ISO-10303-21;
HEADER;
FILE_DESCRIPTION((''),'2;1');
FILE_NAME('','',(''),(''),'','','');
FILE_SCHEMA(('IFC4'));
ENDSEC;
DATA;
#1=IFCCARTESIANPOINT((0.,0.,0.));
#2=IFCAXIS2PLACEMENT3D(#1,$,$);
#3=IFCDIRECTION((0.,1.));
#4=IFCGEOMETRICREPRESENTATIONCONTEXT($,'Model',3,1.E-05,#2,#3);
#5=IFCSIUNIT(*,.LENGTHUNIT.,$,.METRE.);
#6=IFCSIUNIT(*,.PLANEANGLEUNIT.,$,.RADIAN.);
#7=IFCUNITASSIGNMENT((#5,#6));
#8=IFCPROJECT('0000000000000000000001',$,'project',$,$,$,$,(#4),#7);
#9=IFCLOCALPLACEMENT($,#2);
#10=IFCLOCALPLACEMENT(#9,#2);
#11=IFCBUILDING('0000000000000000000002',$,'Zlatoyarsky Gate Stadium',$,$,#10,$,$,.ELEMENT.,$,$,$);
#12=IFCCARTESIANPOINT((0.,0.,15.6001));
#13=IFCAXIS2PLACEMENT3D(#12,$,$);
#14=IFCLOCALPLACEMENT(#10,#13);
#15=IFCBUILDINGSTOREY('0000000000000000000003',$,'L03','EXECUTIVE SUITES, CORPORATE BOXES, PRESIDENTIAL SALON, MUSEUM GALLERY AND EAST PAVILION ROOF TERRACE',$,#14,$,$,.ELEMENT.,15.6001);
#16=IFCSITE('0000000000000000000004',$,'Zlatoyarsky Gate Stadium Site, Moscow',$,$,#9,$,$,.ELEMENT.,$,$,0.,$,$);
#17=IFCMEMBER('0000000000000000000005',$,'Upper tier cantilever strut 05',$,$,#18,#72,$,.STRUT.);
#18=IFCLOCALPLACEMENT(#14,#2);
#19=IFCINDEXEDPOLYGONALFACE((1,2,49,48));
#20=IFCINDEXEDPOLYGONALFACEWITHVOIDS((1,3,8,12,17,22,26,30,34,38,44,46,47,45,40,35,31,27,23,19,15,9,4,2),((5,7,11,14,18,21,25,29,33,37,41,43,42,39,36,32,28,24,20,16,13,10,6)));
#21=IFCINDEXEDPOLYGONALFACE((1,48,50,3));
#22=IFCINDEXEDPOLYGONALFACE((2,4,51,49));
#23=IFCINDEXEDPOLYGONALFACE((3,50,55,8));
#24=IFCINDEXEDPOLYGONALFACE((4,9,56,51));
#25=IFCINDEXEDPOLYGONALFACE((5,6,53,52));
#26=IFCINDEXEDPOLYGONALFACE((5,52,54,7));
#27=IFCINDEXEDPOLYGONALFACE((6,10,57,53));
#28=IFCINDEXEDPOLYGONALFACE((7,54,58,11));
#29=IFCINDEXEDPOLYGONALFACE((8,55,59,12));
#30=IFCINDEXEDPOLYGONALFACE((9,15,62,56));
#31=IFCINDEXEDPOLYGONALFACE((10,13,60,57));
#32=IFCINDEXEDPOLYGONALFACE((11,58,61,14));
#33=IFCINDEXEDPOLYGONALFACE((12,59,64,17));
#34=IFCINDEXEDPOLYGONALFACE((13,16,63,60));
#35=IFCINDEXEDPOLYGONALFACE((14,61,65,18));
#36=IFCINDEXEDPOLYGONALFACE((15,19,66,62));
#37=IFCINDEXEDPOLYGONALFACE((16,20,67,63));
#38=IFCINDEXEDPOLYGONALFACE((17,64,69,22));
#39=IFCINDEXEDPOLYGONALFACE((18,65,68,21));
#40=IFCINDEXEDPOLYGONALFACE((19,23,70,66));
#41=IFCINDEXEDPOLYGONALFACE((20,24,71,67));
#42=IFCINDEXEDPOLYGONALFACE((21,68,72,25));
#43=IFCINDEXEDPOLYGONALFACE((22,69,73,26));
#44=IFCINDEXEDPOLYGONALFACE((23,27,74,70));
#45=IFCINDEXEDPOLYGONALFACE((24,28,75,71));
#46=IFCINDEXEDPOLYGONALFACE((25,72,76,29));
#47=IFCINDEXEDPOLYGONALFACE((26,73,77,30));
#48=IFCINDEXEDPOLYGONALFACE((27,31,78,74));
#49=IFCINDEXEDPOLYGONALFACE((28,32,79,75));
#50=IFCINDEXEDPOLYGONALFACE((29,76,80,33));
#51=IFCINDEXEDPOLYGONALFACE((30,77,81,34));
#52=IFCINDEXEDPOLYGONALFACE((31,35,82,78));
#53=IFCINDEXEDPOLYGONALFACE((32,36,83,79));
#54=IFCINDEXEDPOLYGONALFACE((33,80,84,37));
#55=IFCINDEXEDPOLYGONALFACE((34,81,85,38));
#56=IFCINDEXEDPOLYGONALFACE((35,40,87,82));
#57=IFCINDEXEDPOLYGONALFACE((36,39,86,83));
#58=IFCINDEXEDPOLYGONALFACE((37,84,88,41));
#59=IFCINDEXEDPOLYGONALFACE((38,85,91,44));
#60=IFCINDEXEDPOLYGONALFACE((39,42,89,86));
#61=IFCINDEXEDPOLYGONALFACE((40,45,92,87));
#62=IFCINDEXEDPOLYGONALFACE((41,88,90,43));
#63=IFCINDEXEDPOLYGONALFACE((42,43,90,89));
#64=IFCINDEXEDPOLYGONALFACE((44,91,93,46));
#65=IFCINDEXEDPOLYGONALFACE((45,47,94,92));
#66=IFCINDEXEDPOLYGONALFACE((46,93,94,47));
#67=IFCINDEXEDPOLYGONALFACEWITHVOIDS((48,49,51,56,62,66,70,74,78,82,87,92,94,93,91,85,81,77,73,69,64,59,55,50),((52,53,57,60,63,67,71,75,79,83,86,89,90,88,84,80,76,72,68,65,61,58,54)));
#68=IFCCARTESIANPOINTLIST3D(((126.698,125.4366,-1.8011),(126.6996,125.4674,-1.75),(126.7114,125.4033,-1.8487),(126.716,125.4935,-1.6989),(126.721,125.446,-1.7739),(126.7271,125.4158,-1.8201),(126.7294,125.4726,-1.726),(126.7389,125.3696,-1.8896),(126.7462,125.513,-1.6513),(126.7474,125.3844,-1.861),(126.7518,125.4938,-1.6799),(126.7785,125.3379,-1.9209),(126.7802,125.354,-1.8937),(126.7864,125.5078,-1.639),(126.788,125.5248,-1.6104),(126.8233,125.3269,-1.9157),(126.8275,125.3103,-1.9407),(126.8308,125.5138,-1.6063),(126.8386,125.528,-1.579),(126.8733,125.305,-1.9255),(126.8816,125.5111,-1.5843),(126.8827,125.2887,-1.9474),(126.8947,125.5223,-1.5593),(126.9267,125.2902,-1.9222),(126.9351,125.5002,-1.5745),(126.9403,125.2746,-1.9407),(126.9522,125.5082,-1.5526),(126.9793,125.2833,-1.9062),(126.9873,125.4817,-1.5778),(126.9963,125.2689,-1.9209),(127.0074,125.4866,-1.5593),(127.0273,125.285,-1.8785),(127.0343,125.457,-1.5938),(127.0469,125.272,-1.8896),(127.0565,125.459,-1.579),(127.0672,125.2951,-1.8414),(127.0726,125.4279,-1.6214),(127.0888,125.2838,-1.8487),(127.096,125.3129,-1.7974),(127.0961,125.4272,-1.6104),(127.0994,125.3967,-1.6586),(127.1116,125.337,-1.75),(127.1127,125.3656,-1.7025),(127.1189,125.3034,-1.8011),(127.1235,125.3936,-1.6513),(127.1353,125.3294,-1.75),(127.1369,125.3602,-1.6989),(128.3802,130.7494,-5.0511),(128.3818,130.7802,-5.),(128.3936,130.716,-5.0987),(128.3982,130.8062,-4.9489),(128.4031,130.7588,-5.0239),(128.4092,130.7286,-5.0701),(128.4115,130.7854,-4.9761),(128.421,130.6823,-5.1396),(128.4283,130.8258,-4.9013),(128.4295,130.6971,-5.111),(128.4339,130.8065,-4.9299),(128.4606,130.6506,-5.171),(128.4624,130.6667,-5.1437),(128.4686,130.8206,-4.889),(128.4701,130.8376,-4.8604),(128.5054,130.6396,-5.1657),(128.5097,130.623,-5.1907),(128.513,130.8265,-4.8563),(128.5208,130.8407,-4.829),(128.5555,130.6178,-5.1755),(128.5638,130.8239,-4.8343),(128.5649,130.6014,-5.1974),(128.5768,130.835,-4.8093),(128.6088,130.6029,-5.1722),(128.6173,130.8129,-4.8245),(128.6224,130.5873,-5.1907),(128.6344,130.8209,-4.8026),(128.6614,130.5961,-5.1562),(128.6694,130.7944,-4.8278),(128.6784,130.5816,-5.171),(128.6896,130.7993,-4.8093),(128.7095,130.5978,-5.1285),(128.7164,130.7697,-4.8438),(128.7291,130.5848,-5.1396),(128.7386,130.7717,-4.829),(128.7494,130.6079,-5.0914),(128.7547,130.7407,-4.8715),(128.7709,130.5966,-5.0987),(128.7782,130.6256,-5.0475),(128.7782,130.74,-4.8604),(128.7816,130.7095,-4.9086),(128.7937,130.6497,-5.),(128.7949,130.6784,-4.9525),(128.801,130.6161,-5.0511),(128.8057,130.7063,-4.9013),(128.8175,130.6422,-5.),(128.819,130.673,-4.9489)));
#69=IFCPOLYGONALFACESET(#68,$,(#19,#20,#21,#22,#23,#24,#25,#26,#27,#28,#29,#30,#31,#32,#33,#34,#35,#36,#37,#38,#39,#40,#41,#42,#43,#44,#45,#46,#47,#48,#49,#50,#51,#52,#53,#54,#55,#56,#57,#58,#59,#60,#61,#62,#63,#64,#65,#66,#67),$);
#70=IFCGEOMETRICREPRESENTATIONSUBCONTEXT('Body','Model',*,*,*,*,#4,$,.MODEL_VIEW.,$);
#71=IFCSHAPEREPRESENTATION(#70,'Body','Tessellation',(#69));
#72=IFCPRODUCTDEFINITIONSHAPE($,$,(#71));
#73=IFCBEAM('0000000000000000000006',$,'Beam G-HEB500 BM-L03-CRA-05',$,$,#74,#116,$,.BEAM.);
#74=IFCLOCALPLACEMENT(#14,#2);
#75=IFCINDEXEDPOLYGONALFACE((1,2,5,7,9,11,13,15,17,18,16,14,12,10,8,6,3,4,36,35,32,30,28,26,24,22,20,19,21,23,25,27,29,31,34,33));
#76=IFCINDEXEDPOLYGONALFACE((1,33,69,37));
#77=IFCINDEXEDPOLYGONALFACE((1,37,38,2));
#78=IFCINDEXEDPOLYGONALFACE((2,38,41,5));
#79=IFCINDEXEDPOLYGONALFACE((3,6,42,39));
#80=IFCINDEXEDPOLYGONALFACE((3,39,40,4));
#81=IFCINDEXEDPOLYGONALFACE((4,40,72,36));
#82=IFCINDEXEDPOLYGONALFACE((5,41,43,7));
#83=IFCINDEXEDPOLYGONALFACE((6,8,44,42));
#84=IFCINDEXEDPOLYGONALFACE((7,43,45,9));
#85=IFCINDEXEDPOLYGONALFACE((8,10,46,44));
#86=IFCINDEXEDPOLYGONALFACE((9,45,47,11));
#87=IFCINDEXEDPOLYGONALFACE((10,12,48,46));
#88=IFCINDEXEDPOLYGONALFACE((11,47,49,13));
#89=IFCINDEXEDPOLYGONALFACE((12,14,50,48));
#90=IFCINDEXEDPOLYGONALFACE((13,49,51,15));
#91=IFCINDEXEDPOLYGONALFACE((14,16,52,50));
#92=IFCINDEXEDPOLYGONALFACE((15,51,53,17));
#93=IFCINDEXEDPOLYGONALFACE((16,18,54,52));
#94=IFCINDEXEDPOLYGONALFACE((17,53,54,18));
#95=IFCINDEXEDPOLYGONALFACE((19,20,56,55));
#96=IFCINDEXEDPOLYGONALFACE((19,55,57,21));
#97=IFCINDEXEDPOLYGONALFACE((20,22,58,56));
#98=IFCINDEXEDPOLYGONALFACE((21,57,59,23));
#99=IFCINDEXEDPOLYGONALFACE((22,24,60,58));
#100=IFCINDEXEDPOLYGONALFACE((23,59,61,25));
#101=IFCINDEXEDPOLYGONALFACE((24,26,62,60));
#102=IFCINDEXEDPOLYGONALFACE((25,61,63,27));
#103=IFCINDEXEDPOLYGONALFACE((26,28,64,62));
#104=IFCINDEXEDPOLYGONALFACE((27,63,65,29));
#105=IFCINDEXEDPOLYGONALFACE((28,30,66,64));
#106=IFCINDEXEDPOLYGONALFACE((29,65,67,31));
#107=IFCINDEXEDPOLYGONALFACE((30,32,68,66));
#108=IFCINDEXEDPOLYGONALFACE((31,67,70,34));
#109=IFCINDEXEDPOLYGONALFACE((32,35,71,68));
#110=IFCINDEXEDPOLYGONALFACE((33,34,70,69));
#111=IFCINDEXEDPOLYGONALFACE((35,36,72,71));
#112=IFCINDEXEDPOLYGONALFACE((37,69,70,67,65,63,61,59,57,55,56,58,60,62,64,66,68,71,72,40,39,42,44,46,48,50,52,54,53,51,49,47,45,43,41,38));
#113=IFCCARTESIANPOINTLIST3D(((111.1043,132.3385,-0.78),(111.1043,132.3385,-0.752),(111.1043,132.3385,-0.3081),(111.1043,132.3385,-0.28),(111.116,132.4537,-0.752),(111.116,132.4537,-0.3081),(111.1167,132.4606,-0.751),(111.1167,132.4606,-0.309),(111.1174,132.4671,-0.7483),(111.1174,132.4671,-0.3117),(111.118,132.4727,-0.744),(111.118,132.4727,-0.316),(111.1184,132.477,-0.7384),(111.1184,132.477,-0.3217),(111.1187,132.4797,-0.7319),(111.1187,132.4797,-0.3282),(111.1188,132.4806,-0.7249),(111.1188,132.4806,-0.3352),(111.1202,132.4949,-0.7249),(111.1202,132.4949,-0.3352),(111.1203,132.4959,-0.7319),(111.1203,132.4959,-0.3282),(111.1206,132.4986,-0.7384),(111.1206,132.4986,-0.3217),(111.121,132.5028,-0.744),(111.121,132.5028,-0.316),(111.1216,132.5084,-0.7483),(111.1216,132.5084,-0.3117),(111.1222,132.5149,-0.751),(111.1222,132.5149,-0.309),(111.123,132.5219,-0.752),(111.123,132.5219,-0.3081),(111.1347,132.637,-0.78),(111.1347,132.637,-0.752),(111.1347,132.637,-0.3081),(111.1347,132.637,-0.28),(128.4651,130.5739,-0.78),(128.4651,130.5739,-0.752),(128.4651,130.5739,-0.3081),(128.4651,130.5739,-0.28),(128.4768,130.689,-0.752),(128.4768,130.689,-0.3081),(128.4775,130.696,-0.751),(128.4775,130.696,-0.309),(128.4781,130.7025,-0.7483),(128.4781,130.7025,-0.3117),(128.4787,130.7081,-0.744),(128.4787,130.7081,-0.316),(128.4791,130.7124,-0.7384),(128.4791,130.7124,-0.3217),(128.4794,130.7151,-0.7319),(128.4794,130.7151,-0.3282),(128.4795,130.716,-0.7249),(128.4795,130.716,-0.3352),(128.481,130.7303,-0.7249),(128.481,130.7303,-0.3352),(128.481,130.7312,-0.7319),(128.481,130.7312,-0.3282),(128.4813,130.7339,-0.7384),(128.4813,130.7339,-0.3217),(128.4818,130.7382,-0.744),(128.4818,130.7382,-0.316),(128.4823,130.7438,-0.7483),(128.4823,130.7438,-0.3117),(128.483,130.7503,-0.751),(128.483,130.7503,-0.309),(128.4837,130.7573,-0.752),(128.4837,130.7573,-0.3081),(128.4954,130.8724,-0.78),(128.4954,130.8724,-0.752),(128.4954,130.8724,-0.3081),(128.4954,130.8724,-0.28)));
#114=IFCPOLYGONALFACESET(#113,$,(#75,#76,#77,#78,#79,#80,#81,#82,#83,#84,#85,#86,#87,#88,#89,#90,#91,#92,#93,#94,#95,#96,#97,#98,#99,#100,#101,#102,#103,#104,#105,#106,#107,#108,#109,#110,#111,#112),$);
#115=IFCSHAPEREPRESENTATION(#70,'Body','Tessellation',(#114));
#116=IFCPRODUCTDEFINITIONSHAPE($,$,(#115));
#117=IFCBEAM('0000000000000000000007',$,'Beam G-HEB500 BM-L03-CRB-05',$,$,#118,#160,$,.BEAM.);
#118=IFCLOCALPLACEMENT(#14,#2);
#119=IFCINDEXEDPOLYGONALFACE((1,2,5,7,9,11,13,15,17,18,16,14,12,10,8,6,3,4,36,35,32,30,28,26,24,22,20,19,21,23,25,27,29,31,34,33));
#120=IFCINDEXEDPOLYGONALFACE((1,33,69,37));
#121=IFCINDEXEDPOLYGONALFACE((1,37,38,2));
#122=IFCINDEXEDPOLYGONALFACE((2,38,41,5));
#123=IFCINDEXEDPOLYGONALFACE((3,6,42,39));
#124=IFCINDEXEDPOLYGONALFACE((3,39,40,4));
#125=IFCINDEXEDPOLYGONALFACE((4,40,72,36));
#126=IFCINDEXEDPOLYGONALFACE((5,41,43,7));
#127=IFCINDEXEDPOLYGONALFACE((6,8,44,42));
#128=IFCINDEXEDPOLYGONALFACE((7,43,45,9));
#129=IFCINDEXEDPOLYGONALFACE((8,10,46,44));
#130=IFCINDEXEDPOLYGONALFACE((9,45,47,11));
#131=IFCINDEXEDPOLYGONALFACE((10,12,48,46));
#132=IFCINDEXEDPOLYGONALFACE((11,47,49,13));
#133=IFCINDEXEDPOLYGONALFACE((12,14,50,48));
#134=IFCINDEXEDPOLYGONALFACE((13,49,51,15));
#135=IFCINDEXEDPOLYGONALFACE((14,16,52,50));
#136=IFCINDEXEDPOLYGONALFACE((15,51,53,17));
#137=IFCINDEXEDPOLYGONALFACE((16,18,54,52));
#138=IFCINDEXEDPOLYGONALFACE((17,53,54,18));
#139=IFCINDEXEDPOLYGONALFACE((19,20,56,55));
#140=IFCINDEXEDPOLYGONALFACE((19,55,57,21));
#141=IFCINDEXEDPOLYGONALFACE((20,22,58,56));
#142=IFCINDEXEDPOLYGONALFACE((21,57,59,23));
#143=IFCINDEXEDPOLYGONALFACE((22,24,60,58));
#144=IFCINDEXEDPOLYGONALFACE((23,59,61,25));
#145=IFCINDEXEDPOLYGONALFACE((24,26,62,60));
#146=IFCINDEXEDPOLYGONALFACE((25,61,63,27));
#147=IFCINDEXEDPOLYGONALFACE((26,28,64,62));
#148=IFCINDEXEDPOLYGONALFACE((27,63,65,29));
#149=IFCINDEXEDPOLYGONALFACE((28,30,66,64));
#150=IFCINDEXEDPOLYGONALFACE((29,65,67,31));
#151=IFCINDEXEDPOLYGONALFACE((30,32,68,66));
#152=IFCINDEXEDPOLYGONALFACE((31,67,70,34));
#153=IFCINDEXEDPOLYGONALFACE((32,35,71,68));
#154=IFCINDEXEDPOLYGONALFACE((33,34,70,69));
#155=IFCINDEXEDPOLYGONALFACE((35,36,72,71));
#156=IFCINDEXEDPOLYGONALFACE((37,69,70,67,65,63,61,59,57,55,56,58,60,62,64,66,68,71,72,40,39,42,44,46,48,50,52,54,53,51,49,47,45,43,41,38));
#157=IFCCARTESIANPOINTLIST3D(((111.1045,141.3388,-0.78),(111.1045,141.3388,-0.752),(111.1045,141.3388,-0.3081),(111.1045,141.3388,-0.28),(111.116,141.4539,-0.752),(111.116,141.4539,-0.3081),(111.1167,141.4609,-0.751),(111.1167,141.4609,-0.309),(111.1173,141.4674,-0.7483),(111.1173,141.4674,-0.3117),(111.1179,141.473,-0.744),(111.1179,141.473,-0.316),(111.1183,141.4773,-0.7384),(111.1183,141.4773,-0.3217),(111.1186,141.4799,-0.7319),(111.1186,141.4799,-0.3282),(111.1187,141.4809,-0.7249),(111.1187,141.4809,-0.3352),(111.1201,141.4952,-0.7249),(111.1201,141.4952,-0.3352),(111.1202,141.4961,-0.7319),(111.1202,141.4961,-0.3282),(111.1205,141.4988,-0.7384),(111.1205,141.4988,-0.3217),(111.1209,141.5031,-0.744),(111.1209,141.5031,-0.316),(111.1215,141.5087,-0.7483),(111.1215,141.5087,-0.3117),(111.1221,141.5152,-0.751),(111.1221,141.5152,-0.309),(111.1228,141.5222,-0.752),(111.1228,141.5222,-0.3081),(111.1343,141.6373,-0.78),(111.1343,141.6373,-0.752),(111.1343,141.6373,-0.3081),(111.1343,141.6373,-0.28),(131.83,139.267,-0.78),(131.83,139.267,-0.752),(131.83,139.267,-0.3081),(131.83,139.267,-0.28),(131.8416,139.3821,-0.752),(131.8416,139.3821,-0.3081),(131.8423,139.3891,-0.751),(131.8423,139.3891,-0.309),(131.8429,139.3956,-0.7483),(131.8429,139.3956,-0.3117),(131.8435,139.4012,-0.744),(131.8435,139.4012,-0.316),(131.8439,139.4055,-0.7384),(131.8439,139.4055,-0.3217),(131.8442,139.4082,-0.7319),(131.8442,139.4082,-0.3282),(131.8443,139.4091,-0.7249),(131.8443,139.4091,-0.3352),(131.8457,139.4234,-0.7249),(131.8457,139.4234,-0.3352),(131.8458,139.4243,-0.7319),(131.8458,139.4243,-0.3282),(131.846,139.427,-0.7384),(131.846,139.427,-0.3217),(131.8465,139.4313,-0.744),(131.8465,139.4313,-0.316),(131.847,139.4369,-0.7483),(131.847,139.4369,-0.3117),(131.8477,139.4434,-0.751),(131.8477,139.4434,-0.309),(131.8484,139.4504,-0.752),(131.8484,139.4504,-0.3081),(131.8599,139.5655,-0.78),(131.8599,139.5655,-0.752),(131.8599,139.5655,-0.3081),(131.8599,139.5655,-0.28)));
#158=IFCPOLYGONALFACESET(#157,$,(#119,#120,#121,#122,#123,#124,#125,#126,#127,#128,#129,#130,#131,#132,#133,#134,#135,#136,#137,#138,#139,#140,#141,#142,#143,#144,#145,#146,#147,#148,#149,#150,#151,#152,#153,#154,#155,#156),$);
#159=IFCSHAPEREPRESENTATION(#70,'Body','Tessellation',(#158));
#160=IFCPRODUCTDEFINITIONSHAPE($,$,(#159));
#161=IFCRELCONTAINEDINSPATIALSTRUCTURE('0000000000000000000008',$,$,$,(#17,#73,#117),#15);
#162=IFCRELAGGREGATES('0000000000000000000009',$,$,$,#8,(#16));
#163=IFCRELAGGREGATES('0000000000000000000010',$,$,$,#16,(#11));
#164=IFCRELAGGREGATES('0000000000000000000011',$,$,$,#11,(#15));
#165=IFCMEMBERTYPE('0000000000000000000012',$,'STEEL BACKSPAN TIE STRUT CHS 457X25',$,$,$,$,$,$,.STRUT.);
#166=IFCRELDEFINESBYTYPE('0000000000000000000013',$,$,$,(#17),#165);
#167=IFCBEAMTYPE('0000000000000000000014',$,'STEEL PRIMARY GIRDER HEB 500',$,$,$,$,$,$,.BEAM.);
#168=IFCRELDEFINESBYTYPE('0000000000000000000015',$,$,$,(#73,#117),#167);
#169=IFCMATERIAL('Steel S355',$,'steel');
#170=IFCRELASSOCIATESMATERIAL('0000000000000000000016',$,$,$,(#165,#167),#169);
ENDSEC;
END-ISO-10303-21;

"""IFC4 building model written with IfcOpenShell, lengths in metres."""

from ifc_helpers import new_model, si_unit, direction, frame, origin, origin_2d, place, context, subcontext, project, spatial, hollow_circle, i_section, extrude, material, material_profile, profile_set, type_object, element, save


model = new_model("IFC4")

# Units and contexts
model_context = context("Model", 3, precision=1e-05, world=origin(), true_north=direction((0.0, 1.0)))
body_context = subcontext(model_context, "Body", "Model", "MODEL_VIEW")
ifc_project = project(units=[si_unit("LENGTHUNIT", "METRE"), si_unit("PLANEANGLEUNIT", "RADIAN")], contexts=[model_context])

# Site, building, storey
site_placement = place(None, origin())
site = spatial("IfcSite", under=ifc_project, at=site_placement, Name="Zlatoyarsky Gate Stadium Site, Moscow", CompositionType="ELEMENT", RefElevation=0.0)
building_placement = place(site_placement, origin())
building = spatial("IfcBuilding", under=site, at=building_placement, Name="Zlatoyarsky Gate Stadium", CompositionType="ELEMENT")
storey_placement = place(building_placement, frame((0.0, 0.0, 15.6001)))
storey = spatial("IfcBuildingStorey", under=building, at=storey_placement, Name="L03", Description="EXECUTIVE SUITES, CORPORATE BOXES, PRESIDENTIAL SALON, MUSEUM GALLERY AND EAST PAVILION ROOF TERRACE", CompositionType="ELEMENT", Elevation=15.6001)

# Shared definitions
ifc_material_1 = material(Name="Steel S355", Category="steel")

# Member
ifc_material_profile_1 = material_profile(ifc_material_1, hollow_circle(Radius=0.2285, WallThickness=0.0249, at=origin_2d()), Name="CHS 457X25")
ifc_profile_set_1 = profile_set([ifc_material_profile_1], Name="Steel S355")
member_type_1 = type_object("IfcMemberType", Name="STEEL BACKSPAN TIE STRUT CHS 457X25", PredefinedType="STRUT", material=ifc_profile_set_1)
member_1_placement = place(storey_placement, frame((128.5996, 130.7112, -5.0), z_axis=(-0.260749, -0.823535, 0.503786), x_axis=(0.953355, -0.301853, 0.0)))
element("IfcMember", 1, at=member_1_placement, inside=storey, type_object=member_type_1, Name="Upper tier cantilever strut 05", PredefinedType="STRUT", context=body_context, shape_type="SweptSolid", body=[
    extrude(hollow_circle(Radius=0.2285, WallThickness=0.0249, at=origin_2d()), origin(), (0.0, 0.0, 1.0), 6.4512),
])

# Beams
ifc_material_profile_2 = material_profile(ifc_material_1, i_section(OverallWidth=0.3, OverallDepth=0.5, WebThickness=0.0144, FlangeThickness=0.0281, FilletRadius=0.0271, at=origin_2d()), Name="HEB 500")
ifc_profile_set_2 = profile_set([ifc_material_profile_2], Name="Steel S355")
beam_type_1 = type_object("IfcBeamType", Name="STEEL PRIMARY GIRDER HEB 500", PredefinedType="BEAM", material=ifc_profile_set_2)
beam_1_placement = place(storey_placement, frame((128.4802, 130.7231, -0.53), z_axis=(-0.994874, 0.101124, 0.0), x_axis=(-0.101124, -0.994874, 0.0)))
element("IfcBeam", 2, at=beam_1_placement, inside=storey, type_object=beam_type_1, Name="Beam G-HEB500 BM-L03-CRA-05", PredefinedType="BEAM", context=body_context, shape_type="SweptSolid", body=[
    extrude(i_section(OverallWidth=0.3, OverallDepth=0.5, WebThickness=0.0144, FlangeThickness=0.0281, FilletRadius=0.0271, at=origin_2d()), origin(), (0.0, 0.0, 1.0), 17.4502),
])
beam_2_placement = place(storey_placement, frame((131.845, 139.4163, -0.53), z_axis=(-0.995041, 0.099467, 0.0), x_axis=(-0.099467, -0.995041, 0.0)))
element("IfcBeam", 3, at=beam_2_placement, inside=storey, type_object=beam_type_1, Name="Beam G-HEB500 BM-L03-CRB-05", PredefinedType="BEAM", context=body_context, shape_type="SweptSolid", body=[
    extrude(i_section(OverallWidth=0.3, OverallDepth=0.5, WebThickness=0.0144, FlangeThickness=0.0281, FilletRadius=0.0271, at=origin_2d()), origin(), (0.0, 0.0, 1.0), 20.8289),
])

save(model, "model.ifc")
